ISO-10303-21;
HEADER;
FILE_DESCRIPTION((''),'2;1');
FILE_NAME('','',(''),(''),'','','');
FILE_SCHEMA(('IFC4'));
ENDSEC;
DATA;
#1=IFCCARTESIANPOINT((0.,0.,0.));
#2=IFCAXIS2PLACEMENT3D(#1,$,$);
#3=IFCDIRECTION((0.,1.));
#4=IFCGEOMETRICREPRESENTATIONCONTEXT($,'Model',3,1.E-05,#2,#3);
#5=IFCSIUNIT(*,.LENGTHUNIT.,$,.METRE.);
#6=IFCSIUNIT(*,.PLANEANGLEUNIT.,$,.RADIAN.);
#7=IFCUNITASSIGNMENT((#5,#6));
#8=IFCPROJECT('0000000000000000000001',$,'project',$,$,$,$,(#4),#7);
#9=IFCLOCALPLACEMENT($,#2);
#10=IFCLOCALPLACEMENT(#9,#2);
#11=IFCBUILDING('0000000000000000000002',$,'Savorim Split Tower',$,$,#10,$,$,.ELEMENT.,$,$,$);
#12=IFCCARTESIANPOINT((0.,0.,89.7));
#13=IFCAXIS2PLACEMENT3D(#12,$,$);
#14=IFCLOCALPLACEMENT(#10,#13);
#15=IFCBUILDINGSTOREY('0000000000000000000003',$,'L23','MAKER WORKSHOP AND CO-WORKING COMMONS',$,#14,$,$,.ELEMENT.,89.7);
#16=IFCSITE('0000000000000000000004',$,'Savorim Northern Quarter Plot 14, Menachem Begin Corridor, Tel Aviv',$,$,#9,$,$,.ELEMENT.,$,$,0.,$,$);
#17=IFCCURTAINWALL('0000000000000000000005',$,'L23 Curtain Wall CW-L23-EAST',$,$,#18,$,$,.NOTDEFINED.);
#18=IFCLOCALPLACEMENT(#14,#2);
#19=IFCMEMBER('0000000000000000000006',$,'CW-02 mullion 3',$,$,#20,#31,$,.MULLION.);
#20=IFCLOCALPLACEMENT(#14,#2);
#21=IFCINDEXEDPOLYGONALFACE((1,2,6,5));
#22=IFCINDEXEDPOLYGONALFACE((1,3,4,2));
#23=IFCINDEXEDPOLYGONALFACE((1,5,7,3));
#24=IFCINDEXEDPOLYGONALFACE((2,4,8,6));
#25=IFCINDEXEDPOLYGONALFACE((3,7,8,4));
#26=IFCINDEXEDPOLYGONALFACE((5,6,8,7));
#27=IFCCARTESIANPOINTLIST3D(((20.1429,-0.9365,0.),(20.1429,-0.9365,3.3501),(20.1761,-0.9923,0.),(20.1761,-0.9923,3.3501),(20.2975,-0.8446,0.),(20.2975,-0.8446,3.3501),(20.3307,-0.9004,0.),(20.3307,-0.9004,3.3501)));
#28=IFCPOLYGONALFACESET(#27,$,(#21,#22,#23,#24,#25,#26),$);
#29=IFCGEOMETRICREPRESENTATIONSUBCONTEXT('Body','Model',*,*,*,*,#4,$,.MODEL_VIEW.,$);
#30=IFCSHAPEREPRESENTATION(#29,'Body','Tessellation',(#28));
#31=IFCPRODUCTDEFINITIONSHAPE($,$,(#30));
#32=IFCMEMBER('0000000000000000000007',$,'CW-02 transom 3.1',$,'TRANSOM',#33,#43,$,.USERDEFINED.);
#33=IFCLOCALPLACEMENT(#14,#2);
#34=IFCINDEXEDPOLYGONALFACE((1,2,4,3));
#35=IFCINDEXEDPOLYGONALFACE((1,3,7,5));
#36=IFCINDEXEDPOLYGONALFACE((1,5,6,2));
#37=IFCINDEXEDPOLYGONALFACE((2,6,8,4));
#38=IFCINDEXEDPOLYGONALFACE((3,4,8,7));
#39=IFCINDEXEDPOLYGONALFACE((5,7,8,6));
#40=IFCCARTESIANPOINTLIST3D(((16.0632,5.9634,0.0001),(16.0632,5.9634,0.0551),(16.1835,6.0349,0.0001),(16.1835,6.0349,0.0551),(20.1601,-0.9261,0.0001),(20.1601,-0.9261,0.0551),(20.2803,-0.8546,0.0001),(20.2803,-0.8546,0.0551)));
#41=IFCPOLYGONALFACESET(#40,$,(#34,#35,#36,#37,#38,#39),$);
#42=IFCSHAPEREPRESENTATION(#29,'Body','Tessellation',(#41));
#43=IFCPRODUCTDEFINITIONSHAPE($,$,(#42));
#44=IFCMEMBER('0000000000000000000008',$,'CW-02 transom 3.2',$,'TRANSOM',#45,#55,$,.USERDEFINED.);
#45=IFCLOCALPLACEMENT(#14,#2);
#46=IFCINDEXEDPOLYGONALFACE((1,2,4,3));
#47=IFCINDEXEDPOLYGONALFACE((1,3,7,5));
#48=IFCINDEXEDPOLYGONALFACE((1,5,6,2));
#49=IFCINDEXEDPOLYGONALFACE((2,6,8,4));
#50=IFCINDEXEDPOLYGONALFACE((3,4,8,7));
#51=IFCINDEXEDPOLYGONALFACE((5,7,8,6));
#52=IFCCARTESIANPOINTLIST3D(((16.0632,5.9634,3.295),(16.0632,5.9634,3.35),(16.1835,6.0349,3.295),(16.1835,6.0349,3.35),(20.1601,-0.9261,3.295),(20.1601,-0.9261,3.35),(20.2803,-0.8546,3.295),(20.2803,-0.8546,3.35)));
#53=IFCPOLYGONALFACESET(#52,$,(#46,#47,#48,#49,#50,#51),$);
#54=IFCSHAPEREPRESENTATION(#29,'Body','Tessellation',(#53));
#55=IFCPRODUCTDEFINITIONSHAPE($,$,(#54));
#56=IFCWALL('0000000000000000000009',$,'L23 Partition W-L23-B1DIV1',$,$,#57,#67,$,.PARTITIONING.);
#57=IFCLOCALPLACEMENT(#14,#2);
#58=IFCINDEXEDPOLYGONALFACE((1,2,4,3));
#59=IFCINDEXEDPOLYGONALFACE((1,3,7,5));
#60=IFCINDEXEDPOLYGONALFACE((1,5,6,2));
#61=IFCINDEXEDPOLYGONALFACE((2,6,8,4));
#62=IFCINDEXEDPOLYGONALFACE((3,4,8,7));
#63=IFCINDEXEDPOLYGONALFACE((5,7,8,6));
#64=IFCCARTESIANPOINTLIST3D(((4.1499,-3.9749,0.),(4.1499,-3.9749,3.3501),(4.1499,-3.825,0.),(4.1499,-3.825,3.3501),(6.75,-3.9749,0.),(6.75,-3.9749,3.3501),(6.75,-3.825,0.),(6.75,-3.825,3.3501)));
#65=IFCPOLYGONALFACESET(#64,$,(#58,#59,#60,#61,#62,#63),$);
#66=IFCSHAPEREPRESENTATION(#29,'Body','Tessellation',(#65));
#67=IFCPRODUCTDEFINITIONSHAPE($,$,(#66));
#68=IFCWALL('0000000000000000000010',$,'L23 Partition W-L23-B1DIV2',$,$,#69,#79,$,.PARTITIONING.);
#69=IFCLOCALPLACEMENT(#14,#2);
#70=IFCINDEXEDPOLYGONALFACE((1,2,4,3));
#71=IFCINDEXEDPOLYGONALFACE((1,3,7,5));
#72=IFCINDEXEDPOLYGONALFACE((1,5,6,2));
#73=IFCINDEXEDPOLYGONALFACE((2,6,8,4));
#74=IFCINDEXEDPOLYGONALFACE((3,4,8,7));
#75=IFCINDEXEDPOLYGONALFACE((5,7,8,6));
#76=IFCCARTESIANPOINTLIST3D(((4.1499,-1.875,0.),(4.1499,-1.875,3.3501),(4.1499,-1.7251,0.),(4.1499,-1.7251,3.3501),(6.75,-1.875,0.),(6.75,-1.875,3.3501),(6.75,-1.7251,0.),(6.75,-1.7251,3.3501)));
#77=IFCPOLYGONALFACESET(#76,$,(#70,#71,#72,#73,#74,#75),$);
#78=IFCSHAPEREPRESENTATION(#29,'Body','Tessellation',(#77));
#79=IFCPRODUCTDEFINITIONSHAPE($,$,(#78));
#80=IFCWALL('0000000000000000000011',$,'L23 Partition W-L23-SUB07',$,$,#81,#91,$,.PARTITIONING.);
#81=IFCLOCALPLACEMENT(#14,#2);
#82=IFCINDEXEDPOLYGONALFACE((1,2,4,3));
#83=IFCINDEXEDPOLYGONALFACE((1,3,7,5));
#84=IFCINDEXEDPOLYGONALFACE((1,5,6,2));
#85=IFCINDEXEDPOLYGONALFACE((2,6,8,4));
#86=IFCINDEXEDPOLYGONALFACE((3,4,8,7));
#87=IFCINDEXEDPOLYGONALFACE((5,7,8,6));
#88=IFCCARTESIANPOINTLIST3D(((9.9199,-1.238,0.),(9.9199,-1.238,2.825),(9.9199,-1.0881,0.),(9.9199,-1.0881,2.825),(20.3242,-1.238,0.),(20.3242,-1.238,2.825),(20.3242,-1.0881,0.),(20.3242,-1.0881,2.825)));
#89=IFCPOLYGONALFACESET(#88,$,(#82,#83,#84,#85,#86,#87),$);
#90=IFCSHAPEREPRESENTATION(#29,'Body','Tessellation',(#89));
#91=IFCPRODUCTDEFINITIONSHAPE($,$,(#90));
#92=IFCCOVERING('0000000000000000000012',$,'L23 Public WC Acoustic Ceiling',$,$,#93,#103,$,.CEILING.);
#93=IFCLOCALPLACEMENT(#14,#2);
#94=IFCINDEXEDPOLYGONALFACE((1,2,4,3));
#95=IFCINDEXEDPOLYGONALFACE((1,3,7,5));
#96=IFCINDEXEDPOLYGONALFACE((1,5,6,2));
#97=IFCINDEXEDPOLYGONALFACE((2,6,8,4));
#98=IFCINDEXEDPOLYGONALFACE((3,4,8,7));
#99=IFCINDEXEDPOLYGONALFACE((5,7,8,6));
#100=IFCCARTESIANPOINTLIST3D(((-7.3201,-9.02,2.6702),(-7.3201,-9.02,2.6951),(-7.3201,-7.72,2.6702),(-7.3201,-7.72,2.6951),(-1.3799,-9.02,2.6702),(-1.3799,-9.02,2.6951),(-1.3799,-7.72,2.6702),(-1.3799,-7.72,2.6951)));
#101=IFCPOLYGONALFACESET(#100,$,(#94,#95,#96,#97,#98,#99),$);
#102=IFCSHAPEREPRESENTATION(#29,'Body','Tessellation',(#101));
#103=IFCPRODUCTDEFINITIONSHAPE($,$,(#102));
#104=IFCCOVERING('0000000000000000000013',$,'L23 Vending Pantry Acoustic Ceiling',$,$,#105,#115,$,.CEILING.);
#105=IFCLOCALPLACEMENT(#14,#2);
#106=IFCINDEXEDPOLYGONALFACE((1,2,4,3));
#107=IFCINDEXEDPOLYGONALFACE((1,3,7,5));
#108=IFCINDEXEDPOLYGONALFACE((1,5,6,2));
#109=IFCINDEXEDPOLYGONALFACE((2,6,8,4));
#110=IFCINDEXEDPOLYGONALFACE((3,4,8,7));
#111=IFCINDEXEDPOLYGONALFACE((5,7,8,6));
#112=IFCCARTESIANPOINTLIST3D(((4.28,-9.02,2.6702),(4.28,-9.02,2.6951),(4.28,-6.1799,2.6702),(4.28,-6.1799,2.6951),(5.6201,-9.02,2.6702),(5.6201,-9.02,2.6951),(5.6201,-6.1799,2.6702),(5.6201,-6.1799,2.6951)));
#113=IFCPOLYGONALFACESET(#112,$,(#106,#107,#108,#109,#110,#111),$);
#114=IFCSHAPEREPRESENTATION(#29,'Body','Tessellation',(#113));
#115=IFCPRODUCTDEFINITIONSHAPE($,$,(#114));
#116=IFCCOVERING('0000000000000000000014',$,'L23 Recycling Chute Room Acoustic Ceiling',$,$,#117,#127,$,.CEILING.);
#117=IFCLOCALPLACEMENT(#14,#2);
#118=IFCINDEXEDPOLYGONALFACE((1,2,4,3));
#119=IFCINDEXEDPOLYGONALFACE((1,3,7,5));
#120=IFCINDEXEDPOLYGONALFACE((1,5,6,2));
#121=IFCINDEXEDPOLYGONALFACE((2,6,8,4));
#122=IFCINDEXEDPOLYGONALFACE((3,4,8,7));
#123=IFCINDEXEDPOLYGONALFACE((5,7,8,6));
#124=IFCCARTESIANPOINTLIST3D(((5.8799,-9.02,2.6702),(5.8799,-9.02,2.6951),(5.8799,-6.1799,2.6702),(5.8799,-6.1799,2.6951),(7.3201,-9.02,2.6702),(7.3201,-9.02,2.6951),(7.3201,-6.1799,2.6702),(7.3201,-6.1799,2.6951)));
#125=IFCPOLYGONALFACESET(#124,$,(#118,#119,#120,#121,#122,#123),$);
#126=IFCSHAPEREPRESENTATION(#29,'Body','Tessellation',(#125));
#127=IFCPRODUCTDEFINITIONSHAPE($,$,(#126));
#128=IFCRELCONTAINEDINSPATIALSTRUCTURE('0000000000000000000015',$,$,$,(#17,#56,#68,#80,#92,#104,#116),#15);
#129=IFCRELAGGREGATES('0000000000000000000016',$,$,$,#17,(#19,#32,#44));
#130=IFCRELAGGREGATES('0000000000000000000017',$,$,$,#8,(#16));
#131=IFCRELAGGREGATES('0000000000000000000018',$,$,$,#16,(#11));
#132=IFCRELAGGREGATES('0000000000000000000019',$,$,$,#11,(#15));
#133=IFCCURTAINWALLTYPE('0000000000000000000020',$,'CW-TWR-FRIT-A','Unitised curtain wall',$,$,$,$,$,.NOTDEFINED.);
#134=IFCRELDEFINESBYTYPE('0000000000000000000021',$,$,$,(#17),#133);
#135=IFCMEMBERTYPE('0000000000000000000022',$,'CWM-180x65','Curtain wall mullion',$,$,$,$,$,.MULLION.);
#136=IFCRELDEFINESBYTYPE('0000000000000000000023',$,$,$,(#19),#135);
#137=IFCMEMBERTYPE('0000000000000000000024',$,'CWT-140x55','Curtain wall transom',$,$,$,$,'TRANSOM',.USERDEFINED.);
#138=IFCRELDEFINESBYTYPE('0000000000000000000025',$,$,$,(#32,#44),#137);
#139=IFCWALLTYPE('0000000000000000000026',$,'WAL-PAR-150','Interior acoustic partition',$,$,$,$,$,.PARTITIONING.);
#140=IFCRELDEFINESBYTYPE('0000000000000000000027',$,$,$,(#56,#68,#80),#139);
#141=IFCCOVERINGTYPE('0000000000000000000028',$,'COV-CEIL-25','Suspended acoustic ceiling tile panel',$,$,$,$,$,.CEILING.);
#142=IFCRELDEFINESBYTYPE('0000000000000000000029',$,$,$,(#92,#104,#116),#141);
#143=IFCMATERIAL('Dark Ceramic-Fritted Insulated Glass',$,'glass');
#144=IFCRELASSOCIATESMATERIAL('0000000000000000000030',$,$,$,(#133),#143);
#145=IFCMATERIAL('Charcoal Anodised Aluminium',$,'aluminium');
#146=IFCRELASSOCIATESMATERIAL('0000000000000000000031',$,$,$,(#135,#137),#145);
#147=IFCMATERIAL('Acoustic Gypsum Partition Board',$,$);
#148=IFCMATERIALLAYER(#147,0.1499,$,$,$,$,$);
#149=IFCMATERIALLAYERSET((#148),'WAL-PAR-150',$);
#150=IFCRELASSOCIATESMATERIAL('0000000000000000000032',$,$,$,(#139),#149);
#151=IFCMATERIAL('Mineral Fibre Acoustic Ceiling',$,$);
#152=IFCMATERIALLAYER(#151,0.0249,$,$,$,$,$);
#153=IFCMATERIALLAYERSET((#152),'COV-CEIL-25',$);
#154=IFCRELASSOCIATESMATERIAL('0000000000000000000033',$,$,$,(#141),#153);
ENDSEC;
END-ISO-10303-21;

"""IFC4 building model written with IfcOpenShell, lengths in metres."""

from ifc_helpers import new_model, si_unit, direction, frame, frame_2d, origin, origin_2d, place, context, subcontext, project, spatial, polyline, rectangle, outline, extrude, material, layer, layer_set, material_profile, profile_set, type_object, element, aggregate, save


model = new_model("IFC4")

# Units and contexts
model_context = context("Model", 3, precision=1e-05, world=origin(), true_north=direction((0.0, 1.0)))
body_context = subcontext(model_context, "Body", "Model", "MODEL_VIEW")
ifc_project = project(units=[si_unit("LENGTHUNIT", "METRE"), si_unit("PLANEANGLEUNIT", "RADIAN")], contexts=[model_context])

# Site, building, storey
site_placement = place(None, origin())
site = spatial("IfcSite", under=ifc_project, at=site_placement, Name="Savorim Northern Quarter Plot 14, Menachem Begin Corridor, Tel Aviv", CompositionType="ELEMENT", RefElevation=0.0)
building_placement = place(site_placement, origin())
building = spatial("IfcBuilding", under=site, at=building_placement, Name="Savorim Split Tower", CompositionType="ELEMENT")
storey_placement = place(building_placement, frame((0.0, 0.0, 89.7)))
storey = spatial("IfcBuildingStorey", under=building, at=storey_placement, Name="L23", Description="MAKER WORKSHOP AND CO-WORKING COMMONS", CompositionType="ELEMENT", Elevation=89.7)

# Curtain wall, members
ifc_material_1 = material(Name="Dark Ceramic-Fritted Insulated Glass", Category="glass")
curtain_wall_type = type_object("IfcCurtainWallType", Name="CW-TWR-FRIT-A", Description="Unitised curtain wall", PredefinedType="NOTDEFINED", material=ifc_material_1)
curtain_wall_placement = place(storey_placement, origin())
curtain_wall = element("IfcCurtainWall", 1, at=curtain_wall_placement, inside=storey, type_object=curtain_wall_type, Name="L23 Curtain Wall CW-L23-EAST", PredefinedType="NOTDEFINED")
ifc_material_2 = material(Name="Charcoal Anodised Aluminium", Category="aluminium")
ifc_material_profile_1 = material_profile(ifc_material_2, rectangle(XDim=0.1799, YDim=0.0649, at=origin_2d()), Name="ALU-M 180x65")
ifc_profile_set_1 = profile_set([ifc_material_profile_1], Name="Charcoal Anodised Aluminium")
member_type_1 = type_object("IfcMemberType", Name="CWM-180x65", Description="Curtain wall mullion", PredefinedType="MULLION", material=ifc_profile_set_1)
member_1_placement = place(storey_placement, frame((20.2368, -0.9185, 0.0), z_axis=(0.0, 0.0, 1.0), x_axis=(-0.859525, -0.511094, 0.0)))
member_1 = element("IfcMember", 2, at=member_1_placement, type_object=member_type_1, Name="CW-02 mullion 3", PredefinedType="MULLION", context=body_context, shape_type="SweptSolid", body=[
    extrude(rectangle(XDim=0.1799, YDim=0.0649, at=origin_2d()), origin(), (0.0, 0.0, 1.0), 3.3501),
])
ifc_material_profile_2 = material_profile(ifc_material_2, rectangle(XDim=0.1399, YDim=0.0549, at=origin_2d()), Name="ALU-T 140x55")
ifc_profile_set_2 = profile_set([ifc_material_profile_2], Name="Charcoal Anodised Aluminium")
member_type_2 = type_object("IfcMemberType", Name="CWT-140x55", Description="Curtain wall transom", ElementType="TRANSOM", PredefinedType="USERDEFINED", material=ifc_profile_set_2)
member_2_placement = place(storey_placement, frame((20.2202, -0.8904, 0.0276), z_axis=(-0.51111, 0.859515, 0.0), x_axis=(-0.859515, -0.51111, 0.0)))
member_2 = element("IfcMember", 3, at=member_2_placement, type_object=member_type_2, Name="CW-02 transom 3.1", ObjectType="TRANSOM", PredefinedType="USERDEFINED", context=body_context, shape_type="SweptSolid", body=[
    extrude(rectangle(XDim=0.1399, YDim=0.0549, at=origin_2d()), origin(), (0.0, 0.0, 1.0), 8.0156),
])
member_3_placement = place(storey_placement, frame((20.2202, -0.8904, 3.3225), z_axis=(-0.51111, 0.859515, 0.0), x_axis=(-0.859515, -0.51111, 0.0)))
member_3 = element("IfcMember", 4, at=member_3_placement, type_object=member_type_2, Name="CW-02 transom 3.2", ObjectType="TRANSOM", PredefinedType="USERDEFINED", context=body_context, shape_type="SweptSolid", body=[
    extrude(rectangle(XDim=0.1399, YDim=0.0549, at=origin_2d()), origin(), (0.0, 0.0, 1.0), 8.0156),
])
aggregate(curtain_wall, [member_1, member_2, member_3])

# Walls
ifc_material_3 = material(Name="Acoustic Gypsum Partition Board")
ifc_layer_1 = layer(ifc_material_3, 0.1499)
ifc_layer_set_1 = layer_set([ifc_layer_1], Name="WAL-PAR-150")
wall_type = type_object("IfcWallType", Name="WAL-PAR-150", Description="Interior acoustic partition", PredefinedType="PARTITIONING", material=ifc_layer_set_1)
for number, where, z_axis, x_axis, name in (
    (5, (4.1499, -3.8999, 0.0), (0.0, 0.0, 1.0), (1.0, 0.0, 0.0), "L23 Partition W-L23-B1DIV1"),
    (6, (4.1499, -1.8, 0.0), (0.0, 0.0, 1.0), (1.0, 0.0, 0.0), "L23 Partition W-L23-B1DIV2"),
):
    element("IfcWall", number, at=place(storey_placement, frame(where, z_axis=z_axis, x_axis=x_axis)), inside=storey, type_object=wall_type, Name=name, PredefinedType="PARTITIONING", context=body_context, shape_type="SweptSolid", body=[
        extrude(rectangle(XDim=2.6001, YDim=0.1499, at=frame_2d((1.3, 0.0))), origin(), (0.0, 0.0, 1.0), 3.3501),
    ])
wall_placement = place(storey_placement, frame((9.9199, -1.1631, 0.0), z_axis=(0.0, 0.0, 1.0), x_axis=(1.0, 0.0, 0.0)))
element("IfcWall", 7, at=wall_placement, inside=storey, type_object=wall_type, Name="L23 Partition W-L23-SUB07", PredefinedType="PARTITIONING", context=body_context, shape_type="SweptSolid", body=[
    extrude(rectangle(XDim=10.4043, YDim=0.1499, at=frame_2d((5.2021, 0.0))), origin(), (0.0, 0.0, 1.0), 2.825),
])

# Coverings
ifc_material_4 = material(Name="Mineral Fibre Acoustic Ceiling")
ifc_layer_2 = layer(ifc_material_4, 0.0249)
ifc_layer_set_2 = layer_set([ifc_layer_2], Name="COV-CEIL-25")
covering_type_1 = type_object("IfcCoveringType", Name="COV-CEIL-25", Description="Suspended acoustic ceiling tile panel", PredefinedType="CEILING", material=ifc_layer_set_2)
covering_1_placement = place(storey_placement, frame((0.0, 0.0, 2.6702)))
element("IfcCovering", 8, at=covering_1_placement, inside=storey, type_object=covering_type_1, Name="L23 Public WC Acoustic Ceiling", PredefinedType="CEILING", context=body_context, shape_type="SweptSolid", body=[
    extrude(outline(polyline([(-7.3201, -7.72), (-7.3201, -9.02), (-1.3799, -9.02), (-1.3799, -7.72), (-7.3201, -7.72)])), origin(), (0.0, 0.0, 1.0), 0.0249),
])
covering_2_placement = place(storey_placement, frame((0.0, 0.0, 2.6702)))
element("IfcCovering", 9, at=covering_2_placement, inside=storey, type_object=covering_type_1, Name="L23 Vending Pantry Acoustic Ceiling", PredefinedType="CEILING", context=body_context, shape_type="SweptSolid", body=[
    extrude(outline(polyline([(4.28, -6.1799), (4.28, -9.02), (5.6201, -9.02), (5.6201, -6.1799), (4.28, -6.1799)])), origin(), (0.0, 0.0, 1.0), 0.0249),
])
covering_3_placement = place(storey_placement, frame((0.0, 0.0, 2.6702)))
element("IfcCovering", 10, at=covering_3_placement, inside=storey, type_object=covering_type_1, Name="L23 Recycling Chute Room Acoustic Ceiling", PredefinedType="CEILING", context=body_context, shape_type="SweptSolid", body=[
    extrude(outline(polyline([(5.8799, -6.1799), (5.8799, -9.02), (7.3201, -9.02), (7.3201, -6.1799), (5.8799, -6.1799)])), origin(), (0.0, 0.0, 1.0), 0.0249),
])

save(model, "model.ifc")
